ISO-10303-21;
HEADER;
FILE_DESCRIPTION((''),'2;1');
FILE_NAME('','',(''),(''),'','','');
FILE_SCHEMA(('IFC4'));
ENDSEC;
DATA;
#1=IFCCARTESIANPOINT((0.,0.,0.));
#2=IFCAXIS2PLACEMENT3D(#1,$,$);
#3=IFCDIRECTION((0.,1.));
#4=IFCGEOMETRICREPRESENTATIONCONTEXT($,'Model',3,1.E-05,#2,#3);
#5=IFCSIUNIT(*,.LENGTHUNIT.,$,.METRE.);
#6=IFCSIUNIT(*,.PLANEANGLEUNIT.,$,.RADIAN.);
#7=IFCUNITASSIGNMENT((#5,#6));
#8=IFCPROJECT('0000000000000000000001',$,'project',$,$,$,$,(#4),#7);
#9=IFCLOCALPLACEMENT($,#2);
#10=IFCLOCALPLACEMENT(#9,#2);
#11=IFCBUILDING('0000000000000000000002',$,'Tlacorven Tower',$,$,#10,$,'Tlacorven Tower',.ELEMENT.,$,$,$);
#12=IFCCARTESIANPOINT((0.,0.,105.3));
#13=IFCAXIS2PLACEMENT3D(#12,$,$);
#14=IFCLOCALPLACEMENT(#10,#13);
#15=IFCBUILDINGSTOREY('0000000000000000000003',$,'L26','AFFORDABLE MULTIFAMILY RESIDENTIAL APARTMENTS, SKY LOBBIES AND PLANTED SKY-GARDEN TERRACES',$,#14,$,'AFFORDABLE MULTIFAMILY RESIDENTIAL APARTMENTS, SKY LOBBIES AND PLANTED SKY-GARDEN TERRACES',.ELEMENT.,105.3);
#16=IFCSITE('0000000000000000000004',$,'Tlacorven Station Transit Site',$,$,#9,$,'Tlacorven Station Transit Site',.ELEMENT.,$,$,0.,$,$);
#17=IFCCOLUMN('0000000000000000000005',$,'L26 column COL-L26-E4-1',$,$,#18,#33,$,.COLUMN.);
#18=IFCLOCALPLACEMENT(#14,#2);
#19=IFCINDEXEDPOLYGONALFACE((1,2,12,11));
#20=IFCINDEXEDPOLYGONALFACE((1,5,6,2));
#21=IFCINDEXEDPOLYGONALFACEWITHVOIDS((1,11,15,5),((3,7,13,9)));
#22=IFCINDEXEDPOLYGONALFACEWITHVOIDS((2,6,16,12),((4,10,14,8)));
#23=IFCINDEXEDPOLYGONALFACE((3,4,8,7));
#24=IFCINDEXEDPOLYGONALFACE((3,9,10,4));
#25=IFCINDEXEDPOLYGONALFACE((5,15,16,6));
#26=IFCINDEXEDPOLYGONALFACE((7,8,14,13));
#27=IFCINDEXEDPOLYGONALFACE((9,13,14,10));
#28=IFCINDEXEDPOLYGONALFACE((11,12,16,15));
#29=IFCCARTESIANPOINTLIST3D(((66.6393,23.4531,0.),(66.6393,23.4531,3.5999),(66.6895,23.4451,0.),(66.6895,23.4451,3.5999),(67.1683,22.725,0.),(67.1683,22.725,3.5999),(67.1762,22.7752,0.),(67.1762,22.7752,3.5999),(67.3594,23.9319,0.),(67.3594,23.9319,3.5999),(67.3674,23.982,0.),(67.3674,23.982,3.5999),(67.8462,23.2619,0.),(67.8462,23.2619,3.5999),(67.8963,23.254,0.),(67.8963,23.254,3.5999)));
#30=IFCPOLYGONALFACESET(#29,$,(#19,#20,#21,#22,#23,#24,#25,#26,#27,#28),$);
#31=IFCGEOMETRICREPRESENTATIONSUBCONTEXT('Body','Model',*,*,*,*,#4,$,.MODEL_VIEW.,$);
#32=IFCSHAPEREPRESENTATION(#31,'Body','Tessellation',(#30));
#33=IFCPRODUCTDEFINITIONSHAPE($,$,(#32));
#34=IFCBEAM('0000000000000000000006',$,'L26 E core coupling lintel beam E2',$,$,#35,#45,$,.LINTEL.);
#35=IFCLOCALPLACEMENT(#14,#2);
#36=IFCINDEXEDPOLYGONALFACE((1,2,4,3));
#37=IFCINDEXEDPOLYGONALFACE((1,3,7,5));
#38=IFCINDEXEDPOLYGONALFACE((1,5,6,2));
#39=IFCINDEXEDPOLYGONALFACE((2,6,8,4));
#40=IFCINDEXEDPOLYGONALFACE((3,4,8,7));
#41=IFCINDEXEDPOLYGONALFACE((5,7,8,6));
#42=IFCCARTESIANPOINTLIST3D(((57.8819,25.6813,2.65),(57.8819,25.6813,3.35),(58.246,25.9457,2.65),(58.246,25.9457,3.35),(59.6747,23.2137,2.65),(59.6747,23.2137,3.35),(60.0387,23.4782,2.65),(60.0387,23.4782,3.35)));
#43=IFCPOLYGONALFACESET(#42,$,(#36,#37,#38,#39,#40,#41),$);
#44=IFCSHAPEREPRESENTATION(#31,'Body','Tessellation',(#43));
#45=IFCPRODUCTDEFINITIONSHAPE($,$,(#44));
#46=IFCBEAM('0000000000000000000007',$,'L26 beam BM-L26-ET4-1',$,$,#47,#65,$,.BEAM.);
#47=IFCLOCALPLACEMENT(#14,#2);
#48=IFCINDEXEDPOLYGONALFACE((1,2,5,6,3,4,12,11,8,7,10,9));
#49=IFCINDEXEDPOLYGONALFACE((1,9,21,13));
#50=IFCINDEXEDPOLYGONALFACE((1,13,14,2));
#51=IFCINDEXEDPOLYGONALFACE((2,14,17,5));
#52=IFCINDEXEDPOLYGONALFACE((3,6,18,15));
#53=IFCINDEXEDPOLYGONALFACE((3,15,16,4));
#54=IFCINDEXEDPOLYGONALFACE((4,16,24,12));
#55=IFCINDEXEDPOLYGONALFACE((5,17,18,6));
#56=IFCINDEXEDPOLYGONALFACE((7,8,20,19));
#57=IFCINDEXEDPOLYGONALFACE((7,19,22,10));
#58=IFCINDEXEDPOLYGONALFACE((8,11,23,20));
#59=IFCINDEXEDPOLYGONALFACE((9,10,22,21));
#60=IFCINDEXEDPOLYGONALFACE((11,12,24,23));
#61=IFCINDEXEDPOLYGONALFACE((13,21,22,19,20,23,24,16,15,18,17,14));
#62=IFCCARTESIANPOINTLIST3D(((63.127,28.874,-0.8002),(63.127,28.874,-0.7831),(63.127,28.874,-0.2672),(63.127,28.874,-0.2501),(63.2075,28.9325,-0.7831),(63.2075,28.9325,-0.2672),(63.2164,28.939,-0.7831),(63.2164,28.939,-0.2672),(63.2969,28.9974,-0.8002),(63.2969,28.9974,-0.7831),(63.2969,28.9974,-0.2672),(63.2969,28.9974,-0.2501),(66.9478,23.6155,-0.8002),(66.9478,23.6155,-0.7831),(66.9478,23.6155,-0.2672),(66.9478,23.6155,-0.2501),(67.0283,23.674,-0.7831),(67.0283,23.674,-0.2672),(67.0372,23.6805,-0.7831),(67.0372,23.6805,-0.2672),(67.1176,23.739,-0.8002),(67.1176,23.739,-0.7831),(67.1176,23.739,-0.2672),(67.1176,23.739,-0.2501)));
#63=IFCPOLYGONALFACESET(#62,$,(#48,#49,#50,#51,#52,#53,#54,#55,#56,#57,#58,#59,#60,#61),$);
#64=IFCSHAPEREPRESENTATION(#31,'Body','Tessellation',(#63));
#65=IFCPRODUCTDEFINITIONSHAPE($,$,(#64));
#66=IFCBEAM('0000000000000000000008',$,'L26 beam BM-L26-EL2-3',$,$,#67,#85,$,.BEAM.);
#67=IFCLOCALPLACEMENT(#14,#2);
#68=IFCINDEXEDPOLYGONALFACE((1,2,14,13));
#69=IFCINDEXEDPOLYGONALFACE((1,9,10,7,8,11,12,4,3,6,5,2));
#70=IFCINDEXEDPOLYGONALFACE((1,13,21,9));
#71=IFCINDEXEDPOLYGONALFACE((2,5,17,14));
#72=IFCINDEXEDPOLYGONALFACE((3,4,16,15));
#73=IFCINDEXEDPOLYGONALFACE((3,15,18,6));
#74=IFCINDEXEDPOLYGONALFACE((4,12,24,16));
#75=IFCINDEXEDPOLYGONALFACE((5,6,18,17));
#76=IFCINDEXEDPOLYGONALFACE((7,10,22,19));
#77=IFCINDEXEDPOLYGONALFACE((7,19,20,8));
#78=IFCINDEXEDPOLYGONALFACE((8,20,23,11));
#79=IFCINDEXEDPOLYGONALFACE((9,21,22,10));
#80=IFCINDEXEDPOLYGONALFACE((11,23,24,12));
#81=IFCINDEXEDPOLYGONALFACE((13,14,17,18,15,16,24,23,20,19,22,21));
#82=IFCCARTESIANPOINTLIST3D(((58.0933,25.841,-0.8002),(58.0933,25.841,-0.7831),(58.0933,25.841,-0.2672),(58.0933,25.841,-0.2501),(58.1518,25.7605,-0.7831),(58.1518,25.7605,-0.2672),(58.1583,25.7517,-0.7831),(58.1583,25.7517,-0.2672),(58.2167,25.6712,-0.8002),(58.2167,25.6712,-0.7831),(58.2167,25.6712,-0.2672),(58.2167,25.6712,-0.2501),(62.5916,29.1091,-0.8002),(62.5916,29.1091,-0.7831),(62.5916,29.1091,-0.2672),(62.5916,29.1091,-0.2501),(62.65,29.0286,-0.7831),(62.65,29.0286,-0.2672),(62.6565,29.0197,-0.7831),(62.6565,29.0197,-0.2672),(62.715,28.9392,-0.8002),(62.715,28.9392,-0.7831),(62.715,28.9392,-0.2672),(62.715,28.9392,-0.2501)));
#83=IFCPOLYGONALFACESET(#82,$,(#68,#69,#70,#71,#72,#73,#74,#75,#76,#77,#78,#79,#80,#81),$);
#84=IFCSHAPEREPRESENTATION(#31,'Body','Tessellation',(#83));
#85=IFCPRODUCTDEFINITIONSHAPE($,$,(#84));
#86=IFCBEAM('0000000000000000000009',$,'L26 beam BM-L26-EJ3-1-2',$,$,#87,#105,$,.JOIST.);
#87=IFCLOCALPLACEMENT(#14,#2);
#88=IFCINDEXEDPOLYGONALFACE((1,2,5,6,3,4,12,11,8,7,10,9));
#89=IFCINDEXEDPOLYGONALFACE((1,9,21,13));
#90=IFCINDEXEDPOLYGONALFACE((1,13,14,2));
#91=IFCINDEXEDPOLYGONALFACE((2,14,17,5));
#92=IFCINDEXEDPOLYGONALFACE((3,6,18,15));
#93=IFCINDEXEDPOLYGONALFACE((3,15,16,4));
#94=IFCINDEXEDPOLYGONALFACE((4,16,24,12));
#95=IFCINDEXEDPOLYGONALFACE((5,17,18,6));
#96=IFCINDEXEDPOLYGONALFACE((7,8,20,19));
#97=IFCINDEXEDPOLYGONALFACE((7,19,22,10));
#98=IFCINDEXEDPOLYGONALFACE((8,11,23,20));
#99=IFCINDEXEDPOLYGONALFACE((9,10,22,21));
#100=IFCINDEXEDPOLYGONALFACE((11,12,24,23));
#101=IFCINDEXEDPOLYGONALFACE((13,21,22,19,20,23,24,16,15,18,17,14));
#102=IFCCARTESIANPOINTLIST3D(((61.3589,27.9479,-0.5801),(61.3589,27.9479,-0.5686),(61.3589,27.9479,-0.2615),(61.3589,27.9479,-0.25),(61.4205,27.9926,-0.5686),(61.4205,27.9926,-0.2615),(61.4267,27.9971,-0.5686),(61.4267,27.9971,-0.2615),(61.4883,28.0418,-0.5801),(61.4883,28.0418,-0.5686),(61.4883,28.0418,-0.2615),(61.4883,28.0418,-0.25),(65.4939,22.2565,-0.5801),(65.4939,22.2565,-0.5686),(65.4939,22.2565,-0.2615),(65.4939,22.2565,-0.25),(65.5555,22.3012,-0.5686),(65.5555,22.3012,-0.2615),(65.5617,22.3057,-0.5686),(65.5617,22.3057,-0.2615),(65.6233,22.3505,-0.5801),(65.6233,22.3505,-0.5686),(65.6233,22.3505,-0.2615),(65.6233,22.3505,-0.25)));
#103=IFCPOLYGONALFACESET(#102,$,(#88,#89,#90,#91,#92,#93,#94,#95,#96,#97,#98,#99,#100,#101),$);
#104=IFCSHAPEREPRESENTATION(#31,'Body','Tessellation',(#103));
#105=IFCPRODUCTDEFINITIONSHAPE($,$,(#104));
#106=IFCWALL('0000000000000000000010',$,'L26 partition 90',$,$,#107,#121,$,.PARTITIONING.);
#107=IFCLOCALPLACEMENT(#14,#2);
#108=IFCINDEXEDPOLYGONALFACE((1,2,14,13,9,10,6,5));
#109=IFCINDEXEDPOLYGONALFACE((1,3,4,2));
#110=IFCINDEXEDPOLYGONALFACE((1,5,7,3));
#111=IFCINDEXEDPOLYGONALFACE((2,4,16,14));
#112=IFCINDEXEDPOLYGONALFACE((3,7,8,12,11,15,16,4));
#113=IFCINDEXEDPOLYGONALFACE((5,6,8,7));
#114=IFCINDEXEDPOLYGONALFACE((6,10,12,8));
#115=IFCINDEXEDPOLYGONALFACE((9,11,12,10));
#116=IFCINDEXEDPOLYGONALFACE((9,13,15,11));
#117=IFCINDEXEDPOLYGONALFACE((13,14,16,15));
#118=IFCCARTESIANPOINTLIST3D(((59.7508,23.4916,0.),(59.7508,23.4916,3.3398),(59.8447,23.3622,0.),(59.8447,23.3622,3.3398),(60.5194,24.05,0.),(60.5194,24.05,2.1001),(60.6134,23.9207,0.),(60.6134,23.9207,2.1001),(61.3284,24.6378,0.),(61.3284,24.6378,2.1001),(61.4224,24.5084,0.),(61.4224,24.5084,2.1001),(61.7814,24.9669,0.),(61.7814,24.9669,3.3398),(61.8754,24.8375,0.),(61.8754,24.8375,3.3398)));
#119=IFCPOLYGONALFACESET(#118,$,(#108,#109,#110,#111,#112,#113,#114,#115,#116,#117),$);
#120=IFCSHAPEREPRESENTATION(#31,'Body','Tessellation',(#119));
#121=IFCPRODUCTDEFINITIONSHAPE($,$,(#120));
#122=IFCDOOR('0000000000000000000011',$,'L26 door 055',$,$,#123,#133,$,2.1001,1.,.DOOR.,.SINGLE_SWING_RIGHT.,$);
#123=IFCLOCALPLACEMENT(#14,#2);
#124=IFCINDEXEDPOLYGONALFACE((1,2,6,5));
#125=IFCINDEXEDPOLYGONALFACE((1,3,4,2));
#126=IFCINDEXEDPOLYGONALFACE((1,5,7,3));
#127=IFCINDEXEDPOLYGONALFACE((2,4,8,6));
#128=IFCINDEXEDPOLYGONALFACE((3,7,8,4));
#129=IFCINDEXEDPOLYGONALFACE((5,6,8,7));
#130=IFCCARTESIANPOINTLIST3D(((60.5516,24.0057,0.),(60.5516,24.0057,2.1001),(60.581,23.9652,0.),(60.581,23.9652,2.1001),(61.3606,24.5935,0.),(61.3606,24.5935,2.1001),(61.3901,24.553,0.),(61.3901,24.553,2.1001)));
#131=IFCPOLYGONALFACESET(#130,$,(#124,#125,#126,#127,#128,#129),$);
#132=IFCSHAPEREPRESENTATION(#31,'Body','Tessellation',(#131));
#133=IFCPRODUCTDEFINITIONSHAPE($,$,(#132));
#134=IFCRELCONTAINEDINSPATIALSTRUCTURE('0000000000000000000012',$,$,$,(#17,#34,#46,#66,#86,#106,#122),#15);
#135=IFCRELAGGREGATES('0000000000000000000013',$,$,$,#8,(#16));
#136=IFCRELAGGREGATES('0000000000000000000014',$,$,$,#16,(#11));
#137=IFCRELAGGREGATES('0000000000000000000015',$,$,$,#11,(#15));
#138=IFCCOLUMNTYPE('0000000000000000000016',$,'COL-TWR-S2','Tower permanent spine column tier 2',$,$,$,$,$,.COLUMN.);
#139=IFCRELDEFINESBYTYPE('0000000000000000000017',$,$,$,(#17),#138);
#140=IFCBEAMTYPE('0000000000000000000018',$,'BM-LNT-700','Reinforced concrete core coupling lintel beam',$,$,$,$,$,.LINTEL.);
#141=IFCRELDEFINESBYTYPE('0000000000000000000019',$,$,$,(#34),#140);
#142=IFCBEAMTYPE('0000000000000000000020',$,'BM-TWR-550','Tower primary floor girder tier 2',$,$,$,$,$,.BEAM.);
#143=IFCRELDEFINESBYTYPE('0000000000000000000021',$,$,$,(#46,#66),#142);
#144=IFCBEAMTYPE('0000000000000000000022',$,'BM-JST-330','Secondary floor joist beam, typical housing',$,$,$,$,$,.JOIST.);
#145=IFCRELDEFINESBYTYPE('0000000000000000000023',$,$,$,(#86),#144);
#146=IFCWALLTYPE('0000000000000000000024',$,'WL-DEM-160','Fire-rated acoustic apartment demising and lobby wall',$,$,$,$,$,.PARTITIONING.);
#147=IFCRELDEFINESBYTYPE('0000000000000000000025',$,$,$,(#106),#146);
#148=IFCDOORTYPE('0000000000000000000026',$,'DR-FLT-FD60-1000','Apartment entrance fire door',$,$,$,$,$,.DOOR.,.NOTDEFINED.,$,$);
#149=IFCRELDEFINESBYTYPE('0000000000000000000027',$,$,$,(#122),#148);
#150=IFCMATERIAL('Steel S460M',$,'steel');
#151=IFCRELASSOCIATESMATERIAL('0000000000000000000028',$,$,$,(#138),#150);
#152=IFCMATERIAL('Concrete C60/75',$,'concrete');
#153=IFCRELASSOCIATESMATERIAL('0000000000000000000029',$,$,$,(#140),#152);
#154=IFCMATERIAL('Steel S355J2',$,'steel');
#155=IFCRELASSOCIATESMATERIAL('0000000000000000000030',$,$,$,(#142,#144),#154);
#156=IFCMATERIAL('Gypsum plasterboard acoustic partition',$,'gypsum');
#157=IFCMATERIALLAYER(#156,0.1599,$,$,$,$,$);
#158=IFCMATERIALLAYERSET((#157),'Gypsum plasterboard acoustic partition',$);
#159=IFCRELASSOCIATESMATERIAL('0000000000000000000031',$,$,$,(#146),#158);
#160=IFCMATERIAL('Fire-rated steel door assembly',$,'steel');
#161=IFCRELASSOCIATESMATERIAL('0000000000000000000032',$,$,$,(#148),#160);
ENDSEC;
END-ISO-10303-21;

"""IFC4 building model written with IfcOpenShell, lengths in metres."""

from ifc_helpers import new_model, si_unit, direction, frame, frame_2d, origin, origin_2d, place, context, subcontext, project, spatial, rectangle, hollow_rectangle, i_section, extrude, source, transform, mapped, material, layer, layer_set, material_profile, profile_set, type_object, element, fill, save


model = new_model("IFC4")

# Units and contexts
model_context = context("Model", 3, precision=1e-05, world=origin(), true_north=direction((0.0, 1.0)))
body_context = subcontext(model_context, "Body", "Model", "MODEL_VIEW")
ifc_project = project(units=[si_unit("LENGTHUNIT", "METRE"), si_unit("PLANEANGLEUNIT", "RADIAN")], contexts=[model_context])

# Site, building, storey
site_placement = place(None, origin())
site = spatial("IfcSite", under=ifc_project, at=site_placement, Name="Tlacorven Station Transit Site", LongName="Tlacorven Station Transit Site", CompositionType="ELEMENT", RefElevation=0.0)
building_placement = place(site_placement, origin())
building = spatial("IfcBuilding", under=site, at=building_placement, Name="Tlacorven Tower", LongName="Tlacorven Tower", CompositionType="ELEMENT")
storey_placement = place(building_placement, frame((0.0, 0.0, 105.3)))
storey = spatial("IfcBuildingStorey", under=building, at=storey_placement, Name="L26", Description="AFFORDABLE MULTIFAMILY RESIDENTIAL APARTMENTS, SKY LOBBIES AND PLANTED SKY-GARDEN TERRACES", LongName="AFFORDABLE MULTIFAMILY RESIDENTIAL APARTMENTS, SKY LOBBIES AND PLANTED SKY-GARDEN TERRACES", CompositionType="ELEMENT", Elevation=105.3)

# Column
ifc_material_1 = material(Name="Steel S460M", Category="steel")
ifc_material_profile_1 = material_profile(ifc_material_1, hollow_rectangle(XDim=0.8999, YDim=0.8999, WallThickness=0.0359, at=origin_2d()), Name="BOX 900X900X36")
ifc_profile_set_1 = profile_set([ifc_material_profile_1], Name="Steel S460M")
column_type = type_object("IfcColumnType", Name="COL-TWR-S2", Description="Tower permanent spine column tier 2", PredefinedType="COLUMN", material=ifc_profile_set_1)
shared_shape_1 = source(origin(), body_context, "Body", "SweptSolid", [
    extrude(hollow_rectangle(XDim=0.8999, YDim=0.8999, WallThickness=0.0359, at=origin_2d()), origin(), (0.0, 0.0, 1.0), 3.5999),
])
column_placement = place(storey_placement, frame((67.2678, 23.3535, 0.0), z_axis=(0.0, 0.0, 1.0), x_axis=(0.809017, 0.587785, 0.0)))
element("IfcColumn", 1, at=column_placement, inside=storey, type_object=column_type, Name="L26 column COL-L26-E4-1", PredefinedType="COLUMN", context=body_context, shape_type="MappedRepresentation", body=[
    mapped(shared_shape_1, transform((0.0, 0.0, 0.0), scale=1.0)),
])

# Beams
ifc_material_2 = material(Name="Concrete C60/75", Category="concrete")
ifc_material_profile_2 = material_profile(ifc_material_2, rectangle(XDim=0.45, YDim=0.7, at=origin_2d()), Name="RC 450X700")
ifc_profile_set_2 = profile_set([ifc_material_profile_2], Name="Concrete C60/75")
beam_type_1 = type_object("IfcBeamType", Name="BM-LNT-700", Description="Reinforced concrete core coupling lintel beam", PredefinedType="LINTEL", material=ifc_profile_set_2)
shared_shape_2 = source(origin(), body_context, "Body", "SweptSolid", [
    extrude(rectangle(XDim=0.45, YDim=0.7, at=origin_2d()), origin(), (0.0, 0.0, 1.0), 3.05),
])
beam_1_placement = place(storey_placement, frame((59.8567, 23.3459, 3.0), z_axis=(-0.587777, 0.809023, 0.0), x_axis=(-0.809023, -0.587777, 0.0)))
element("IfcBeam", 2, at=beam_1_placement, inside=storey, type_object=beam_type_1, Name="L26 E core coupling lintel beam E2", PredefinedType="LINTEL", context=body_context, shape_type="MappedRepresentation", body=[
    mapped(shared_shape_2, transform((0.0, 0.0, 0.0), scale=1.0)),
])
ifc_material_3 = material(Name="Steel S355J2", Category="steel")
ifc_material_profile_3 = material_profile(ifc_material_3, i_section(OverallWidth=0.21, OverallDepth=0.55, WebThickness=0.011, FlangeThickness=0.0171, at=origin_2d()), Name="IPE 550")
ifc_profile_set_3 = profile_set([ifc_material_profile_3], Name="Steel S355J2")
beam_type_2 = type_object("IfcBeamType", Name="BM-TWR-550", Description="Tower primary floor girder tier 2", PredefinedType="BEAM", material=ifc_profile_set_3)
shared_shape_3 = source(origin(), body_context, "Body", "SweptSolid", [
    extrude(i_section(OverallWidth=0.21, OverallDepth=0.55, WebThickness=0.011, FlangeThickness=0.0171, at=origin_2d()), origin(), (0.0, 0.0, 1.0), 6.5),
])
beam_2_placement = place(storey_placement, frame((67.0327, 23.6772, -0.5251), z_axis=(-0.58781, 0.808999, 0.0), x_axis=(-0.808999, -0.58781, 0.0)))
element("IfcBeam", 3, at=beam_2_placement, inside=storey, type_object=beam_type_2, Name="L26 beam BM-L26-ET4-1", PredefinedType="BEAM", context=body_context, shape_type="MappedRepresentation", body=[
    mapped(shared_shape_3, transform((0.0, 0.0, 0.0), scale=1.0)),
])
shared_shape_4 = source(origin(), body_context, "Body", "SweptSolid", [
    extrude(i_section(OverallWidth=0.21, OverallDepth=0.55, WebThickness=0.011, FlangeThickness=0.0171, at=origin_2d()), origin(), (0.0, 0.0, 1.0), 5.5601),
])
beam_3_placement = place(storey_placement, frame((58.155, 25.7561, -0.5251), z_axis=(0.809028, 0.58777, 0.0), x_axis=(-0.58777, 0.809028, 0.0)))
element("IfcBeam", 4, at=beam_3_placement, inside=storey, type_object=beam_type_2, Name="L26 beam BM-L26-EL2-3", PredefinedType="BEAM", context=body_context, shape_type="MappedRepresentation", body=[
    mapped(shared_shape_4, transform((0.0, 0.0, 0.0), scale=1.0)),
])
ifc_material_profile_4 = material_profile(ifc_material_3, i_section(OverallWidth=0.1599, OverallDepth=0.3301, WebThickness=0.0076, FlangeThickness=0.0115, at=origin_2d()), Name="IPE 330")
ifc_profile_set_4 = profile_set([ifc_material_profile_4], Name="Steel S355J2")
beam_type_3 = type_object("IfcBeamType", Name="BM-JST-330", Description="Secondary floor joist beam, typical housing", PredefinedType="JOIST", material=ifc_profile_set_4)
shared_shape_5 = source(origin(), body_context, "Body", "SweptSolid", [
    extrude(i_section(OverallWidth=0.1599, OverallDepth=0.3301, WebThickness=0.0076, FlangeThickness=0.0115, at=origin_2d()), origin(), (0.0, 0.0, 1.0), 7.0349),
])
beam_4_placement = place(storey_placement, frame((65.5586, 22.3035, -0.415), z_axis=(-0.587782, 0.80902, 0.0), x_axis=(-0.80902, -0.587782, 0.0)))
element("IfcBeam", 5, at=beam_4_placement, inside=storey, type_object=beam_type_3, Name="L26 beam BM-L26-EJ3-1-2", PredefinedType="JOIST", context=body_context, shape_type="MappedRepresentation", body=[
    mapped(shared_shape_5, transform((0.0, 0.0, 0.0), scale=1.0)),
])

# Wall, opening, door
ifc_material_4 = material(Name="Gypsum plasterboard acoustic partition", Category="gypsum")
ifc_layer_1 = layer(ifc_material_4, 0.1599)
ifc_layer_set_1 = layer_set([ifc_layer_1], Name="Gypsum plasterboard acoustic partition")
wall_type_1 = type_object("IfcWallType", Name="WL-DEM-160", Description="Fire-rated acoustic apartment demising and lobby wall", PredefinedType="PARTITIONING", material=ifc_layer_set_1)
wall_1_placement = place(storey_placement, frame((59.7979, 23.427, 0.0), z_axis=(0.0, 0.0, 1.0), x_axis=(0.809035, 0.587761, 0.0)))
wall_1 = element("IfcWall", 6, at=wall_1_placement, inside=storey, type_object=wall_type_1, Name="L26 partition 90", PredefinedType="PARTITIONING", context=body_context, shape_type="SweptSolid", body=[
    extrude(rectangle(XDim=2.51, YDim=0.1599, at=frame_2d((1.2549, 0.0))), origin(), (0.0, 0.0, 1.0), 3.3398),
])
opening_1_placement = place(wall_1_placement, frame((0.95, 0.0, 0.0)))
opening_1 = element("IfcOpeningElement", 7, at=opening_1_placement, cuts=wall_1, PredefinedType="OPENING", context=body_context, shape_type="SweptSolid", body=[
    extrude(rectangle(XDim=1.0, YDim=2.1001, at=frame_2d((0.5, 1.05))), frame((0.0, 0.0898, 0.0), z_axis=(0.0, -1.0, 0.0), x_axis=(1.0, 0.0, 0.0)), (0.0, 0.0, 1.0), 0.1799),
])
ifc_material_5 = material(Name="Fire-rated steel door assembly", Category="steel")
door_type_1 = type_object("IfcDoorType", Name="DR-FLT-FD60-1000", Description="Apartment entrance fire door", OperationType="NOTDEFINED", PredefinedType="DOOR", material=ifc_material_5)
shared_shape_6 = source(origin(), body_context, "Body", "SweptSolid", [
    extrude(rectangle(XDim=1.0, YDim=2.1001, at=frame_2d((0.5, 1.05))), frame((0.0, 0.0249, 0.0), z_axis=(0.0, -1.0, 0.0), x_axis=(1.0, 0.0, 0.0)), (0.0, 0.0, 1.0), 0.05),
])
door_1_placement = place(opening_1_placement, frame((1.0, 0.0, 0.0), z_axis=(0.0, 0.0, 1.0), x_axis=(-1.0, 0.0, 0.0)))
door_1 = element("IfcDoor", 8, at=door_1_placement, inside=storey, type_object=door_type_1, Name="L26 door 055", OperationType="SINGLE_SWING_RIGHT", OverallHeight=2.1001, OverallWidth=1.0, PredefinedType="DOOR", context=body_context, shape_type="MappedRepresentation", body=[
    mapped(shared_shape_6, transform((0.0, 0.0, 0.0), scale=1.0)),
])
fill(opening_1, door_1)

save(model, "model.ifc")
